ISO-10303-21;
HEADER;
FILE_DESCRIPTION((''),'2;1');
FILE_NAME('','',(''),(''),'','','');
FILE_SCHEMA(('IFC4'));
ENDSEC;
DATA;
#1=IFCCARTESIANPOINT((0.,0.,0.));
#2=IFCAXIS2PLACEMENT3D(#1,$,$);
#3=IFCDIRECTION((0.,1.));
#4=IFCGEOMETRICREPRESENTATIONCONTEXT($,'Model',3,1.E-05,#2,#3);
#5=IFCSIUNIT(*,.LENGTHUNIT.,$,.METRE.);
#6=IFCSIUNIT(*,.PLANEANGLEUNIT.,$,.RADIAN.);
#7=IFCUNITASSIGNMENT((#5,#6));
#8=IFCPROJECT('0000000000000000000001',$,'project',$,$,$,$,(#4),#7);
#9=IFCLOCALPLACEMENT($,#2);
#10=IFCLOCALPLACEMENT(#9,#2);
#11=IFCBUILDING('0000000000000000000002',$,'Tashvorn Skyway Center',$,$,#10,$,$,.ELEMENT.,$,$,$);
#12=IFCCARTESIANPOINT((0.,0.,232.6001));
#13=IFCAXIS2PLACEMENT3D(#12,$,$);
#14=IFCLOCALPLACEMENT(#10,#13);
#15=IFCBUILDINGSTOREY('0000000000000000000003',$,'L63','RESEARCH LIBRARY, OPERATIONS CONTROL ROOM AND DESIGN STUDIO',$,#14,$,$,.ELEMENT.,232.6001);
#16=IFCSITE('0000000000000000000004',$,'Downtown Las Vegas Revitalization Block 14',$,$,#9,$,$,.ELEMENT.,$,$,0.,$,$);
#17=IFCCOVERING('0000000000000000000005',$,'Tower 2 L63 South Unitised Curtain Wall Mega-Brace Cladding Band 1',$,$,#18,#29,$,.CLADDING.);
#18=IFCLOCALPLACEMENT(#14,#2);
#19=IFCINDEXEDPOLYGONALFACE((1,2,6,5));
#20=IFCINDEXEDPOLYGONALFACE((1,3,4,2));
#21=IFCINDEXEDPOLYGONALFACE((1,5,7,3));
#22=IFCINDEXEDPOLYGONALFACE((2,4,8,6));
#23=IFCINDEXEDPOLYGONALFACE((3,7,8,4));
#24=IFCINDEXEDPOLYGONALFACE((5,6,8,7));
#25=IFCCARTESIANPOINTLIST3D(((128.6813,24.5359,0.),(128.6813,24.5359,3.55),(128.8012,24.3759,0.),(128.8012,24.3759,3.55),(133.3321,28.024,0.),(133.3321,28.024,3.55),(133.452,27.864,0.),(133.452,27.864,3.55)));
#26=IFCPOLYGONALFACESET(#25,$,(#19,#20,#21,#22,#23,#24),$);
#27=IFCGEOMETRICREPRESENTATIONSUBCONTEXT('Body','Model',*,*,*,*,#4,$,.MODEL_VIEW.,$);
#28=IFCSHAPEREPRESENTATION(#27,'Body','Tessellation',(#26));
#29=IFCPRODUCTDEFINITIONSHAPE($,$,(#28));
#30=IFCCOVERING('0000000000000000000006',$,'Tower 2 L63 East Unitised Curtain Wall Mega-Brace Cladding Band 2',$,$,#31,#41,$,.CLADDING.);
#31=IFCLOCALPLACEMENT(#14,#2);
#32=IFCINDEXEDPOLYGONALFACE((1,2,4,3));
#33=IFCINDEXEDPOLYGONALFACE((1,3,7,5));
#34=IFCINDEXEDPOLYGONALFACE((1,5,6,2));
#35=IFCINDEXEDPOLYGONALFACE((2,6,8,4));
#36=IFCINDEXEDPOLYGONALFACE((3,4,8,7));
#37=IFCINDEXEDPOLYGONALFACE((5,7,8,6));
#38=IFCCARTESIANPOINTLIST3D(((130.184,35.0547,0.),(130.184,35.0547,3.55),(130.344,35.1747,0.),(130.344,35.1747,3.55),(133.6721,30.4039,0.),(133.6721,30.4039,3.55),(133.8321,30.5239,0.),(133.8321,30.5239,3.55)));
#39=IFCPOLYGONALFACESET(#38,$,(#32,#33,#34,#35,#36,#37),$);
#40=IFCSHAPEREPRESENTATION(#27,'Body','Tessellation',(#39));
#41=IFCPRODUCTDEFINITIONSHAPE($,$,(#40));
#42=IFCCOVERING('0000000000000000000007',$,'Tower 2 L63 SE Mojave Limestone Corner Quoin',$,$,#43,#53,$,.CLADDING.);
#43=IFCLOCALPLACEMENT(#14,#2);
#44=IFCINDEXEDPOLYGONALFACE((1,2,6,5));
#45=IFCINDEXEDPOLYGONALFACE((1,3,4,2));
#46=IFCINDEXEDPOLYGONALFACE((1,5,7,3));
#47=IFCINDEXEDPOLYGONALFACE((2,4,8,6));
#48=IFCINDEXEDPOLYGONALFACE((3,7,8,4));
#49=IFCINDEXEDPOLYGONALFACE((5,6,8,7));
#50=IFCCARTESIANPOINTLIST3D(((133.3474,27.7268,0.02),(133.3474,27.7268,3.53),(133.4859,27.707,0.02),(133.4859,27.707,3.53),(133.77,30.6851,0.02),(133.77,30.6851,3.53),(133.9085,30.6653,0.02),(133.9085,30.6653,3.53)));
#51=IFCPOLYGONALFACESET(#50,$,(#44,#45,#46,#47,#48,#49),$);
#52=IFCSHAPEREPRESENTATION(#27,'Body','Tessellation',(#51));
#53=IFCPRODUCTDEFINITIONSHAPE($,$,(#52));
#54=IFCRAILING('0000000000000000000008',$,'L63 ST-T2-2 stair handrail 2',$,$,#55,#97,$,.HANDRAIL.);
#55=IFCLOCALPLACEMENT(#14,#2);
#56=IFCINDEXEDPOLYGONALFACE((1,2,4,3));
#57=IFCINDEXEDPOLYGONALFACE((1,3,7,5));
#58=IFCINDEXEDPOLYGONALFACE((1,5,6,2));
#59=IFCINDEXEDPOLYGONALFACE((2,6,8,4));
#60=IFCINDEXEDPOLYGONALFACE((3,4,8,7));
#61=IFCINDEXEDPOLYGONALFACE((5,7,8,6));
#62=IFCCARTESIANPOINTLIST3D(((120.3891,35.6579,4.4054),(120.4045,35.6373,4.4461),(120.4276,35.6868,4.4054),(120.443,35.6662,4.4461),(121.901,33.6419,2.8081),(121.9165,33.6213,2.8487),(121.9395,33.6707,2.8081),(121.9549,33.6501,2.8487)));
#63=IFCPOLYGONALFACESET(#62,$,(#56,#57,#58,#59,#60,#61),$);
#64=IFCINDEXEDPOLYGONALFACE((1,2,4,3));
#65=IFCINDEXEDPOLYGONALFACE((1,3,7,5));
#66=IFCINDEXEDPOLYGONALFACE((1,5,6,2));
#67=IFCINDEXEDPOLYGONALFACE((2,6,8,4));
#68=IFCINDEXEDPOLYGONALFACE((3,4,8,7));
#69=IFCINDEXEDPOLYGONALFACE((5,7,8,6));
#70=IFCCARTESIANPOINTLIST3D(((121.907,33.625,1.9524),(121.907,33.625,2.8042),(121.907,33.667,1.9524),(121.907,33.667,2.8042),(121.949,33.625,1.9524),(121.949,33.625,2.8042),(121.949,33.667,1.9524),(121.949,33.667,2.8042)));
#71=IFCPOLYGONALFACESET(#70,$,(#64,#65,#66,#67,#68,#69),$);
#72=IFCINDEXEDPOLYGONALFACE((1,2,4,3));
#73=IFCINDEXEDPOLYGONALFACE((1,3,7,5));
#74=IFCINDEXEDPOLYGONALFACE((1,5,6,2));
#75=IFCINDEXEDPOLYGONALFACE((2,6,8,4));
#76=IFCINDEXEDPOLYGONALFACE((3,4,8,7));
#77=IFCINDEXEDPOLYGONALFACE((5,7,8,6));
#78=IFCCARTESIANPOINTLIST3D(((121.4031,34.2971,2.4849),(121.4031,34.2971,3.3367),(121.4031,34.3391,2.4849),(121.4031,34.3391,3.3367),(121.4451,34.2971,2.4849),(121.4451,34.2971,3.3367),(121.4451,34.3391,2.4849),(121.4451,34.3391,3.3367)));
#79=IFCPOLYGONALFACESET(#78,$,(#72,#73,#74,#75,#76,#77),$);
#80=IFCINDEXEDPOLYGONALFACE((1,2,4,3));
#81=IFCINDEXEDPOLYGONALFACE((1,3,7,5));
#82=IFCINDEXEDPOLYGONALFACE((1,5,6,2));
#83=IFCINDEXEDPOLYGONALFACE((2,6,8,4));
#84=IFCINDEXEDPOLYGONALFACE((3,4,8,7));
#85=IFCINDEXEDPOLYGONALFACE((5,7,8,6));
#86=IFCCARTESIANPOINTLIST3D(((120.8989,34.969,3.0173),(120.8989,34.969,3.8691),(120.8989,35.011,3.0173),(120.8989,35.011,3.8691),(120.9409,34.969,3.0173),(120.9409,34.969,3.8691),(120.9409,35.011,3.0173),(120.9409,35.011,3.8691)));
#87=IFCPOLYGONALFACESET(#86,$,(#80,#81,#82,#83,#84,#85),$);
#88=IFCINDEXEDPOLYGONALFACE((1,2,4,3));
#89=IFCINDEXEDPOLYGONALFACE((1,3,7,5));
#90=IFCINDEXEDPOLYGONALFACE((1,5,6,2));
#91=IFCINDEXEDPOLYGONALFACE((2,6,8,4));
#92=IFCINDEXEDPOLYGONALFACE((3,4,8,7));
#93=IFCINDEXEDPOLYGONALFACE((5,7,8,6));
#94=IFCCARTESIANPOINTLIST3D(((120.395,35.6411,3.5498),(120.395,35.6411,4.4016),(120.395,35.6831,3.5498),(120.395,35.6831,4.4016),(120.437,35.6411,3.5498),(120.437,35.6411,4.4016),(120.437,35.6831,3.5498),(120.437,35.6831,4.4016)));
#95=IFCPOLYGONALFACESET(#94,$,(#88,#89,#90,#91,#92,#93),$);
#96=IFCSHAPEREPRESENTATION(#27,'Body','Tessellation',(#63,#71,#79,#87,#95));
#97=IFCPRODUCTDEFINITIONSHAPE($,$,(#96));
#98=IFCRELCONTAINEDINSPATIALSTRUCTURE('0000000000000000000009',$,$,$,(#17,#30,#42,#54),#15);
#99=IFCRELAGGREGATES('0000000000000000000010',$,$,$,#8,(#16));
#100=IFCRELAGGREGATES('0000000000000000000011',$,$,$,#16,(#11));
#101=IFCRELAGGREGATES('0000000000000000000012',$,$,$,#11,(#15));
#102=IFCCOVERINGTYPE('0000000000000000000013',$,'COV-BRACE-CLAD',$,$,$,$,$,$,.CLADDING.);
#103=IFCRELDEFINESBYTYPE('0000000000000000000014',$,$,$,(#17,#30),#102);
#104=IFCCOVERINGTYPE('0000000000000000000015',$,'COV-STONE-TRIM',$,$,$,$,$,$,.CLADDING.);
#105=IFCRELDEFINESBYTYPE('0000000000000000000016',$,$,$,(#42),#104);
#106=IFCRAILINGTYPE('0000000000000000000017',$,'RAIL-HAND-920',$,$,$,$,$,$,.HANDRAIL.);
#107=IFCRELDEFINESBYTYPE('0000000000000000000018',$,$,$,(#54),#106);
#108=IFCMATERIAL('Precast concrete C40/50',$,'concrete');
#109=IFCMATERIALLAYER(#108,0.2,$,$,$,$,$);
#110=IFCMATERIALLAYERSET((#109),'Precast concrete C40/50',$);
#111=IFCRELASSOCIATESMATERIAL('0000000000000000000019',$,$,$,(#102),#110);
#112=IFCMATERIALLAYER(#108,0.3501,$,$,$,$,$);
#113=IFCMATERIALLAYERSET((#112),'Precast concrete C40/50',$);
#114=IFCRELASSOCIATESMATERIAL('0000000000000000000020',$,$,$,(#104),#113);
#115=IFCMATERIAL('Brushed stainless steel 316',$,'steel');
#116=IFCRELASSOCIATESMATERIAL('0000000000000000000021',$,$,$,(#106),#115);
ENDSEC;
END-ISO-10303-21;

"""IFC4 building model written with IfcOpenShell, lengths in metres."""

from ifc_helpers import new_model, si_unit, direction, frame, origin, origin_2d, place, context, subcontext, project, spatial, rectangle, extrude, material, layer, layer_set, type_object, element, save


model = new_model("IFC4")

# Units and contexts
model_context = context("Model", 3, precision=1e-05, world=origin(), true_north=direction((0.0, 1.0)))
body_context = subcontext(model_context, "Body", "Model", "MODEL_VIEW")
ifc_project = project(units=[si_unit("LENGTHUNIT", "METRE"), si_unit("PLANEANGLEUNIT", "RADIAN")], contexts=[model_context])

# Site, building, storey
site_placement = place(None, origin())
site = spatial("IfcSite", under=ifc_project, at=site_placement, Name="Downtown Las Vegas Revitalization Block 14", CompositionType="ELEMENT", RefElevation=0.0)
building_placement = place(site_placement, origin())
building = spatial("IfcBuilding", under=site, at=building_placement, Name="Tashvorn Skyway Center", CompositionType="ELEMENT")
storey_placement = place(building_placement, frame((0.0, 0.0, 232.6001)))
storey = spatial("IfcBuildingStorey", under=building, at=storey_placement, Name="L63", Description="RESEARCH LIBRARY, OPERATIONS CONTROL ROOM AND DESIGN STUDIO", CompositionType="ELEMENT", Elevation=232.6001)

# Shared definitions
ifc_material_1 = material(Name="Precast concrete C40/50", Category="concrete")

# Coverings
ifc_layer_1 = layer(ifc_material_1, 0.2)
ifc_layer_set_1 = layer_set([ifc_layer_1], Name="Precast concrete C40/50")
covering_type_1 = type_object("IfcCoveringType", Name="COV-BRACE-CLAD", PredefinedType="CLADDING", material=ifc_layer_set_1)
for number, where, z_axis, x_axis, name in (
    (1, (131.0667, 26.2, 0.0), (0.0, 0.0, 1.0), (-0.8, -0.6, 0.0), "Tower 2 L63 South Unitised Curtain Wall Mega-Brace Cladding Band 1"),
    (2, (132.0081, 32.7893, 0.0), (0.0, 0.0, 1.0), (0.6, -0.8, 0.0), "Tower 2 L63 East Unitised Curtain Wall Mega-Brace Cladding Band 2"),
):
    element("IfcCovering", number, at=place(storey_placement, frame(where, z_axis=z_axis, x_axis=x_axis)), inside=storey, type_object=covering_type_1, Name=name, PredefinedType="CLADDING", context=body_context, shape_type="SweptSolid", body=[
        extrude(rectangle(XDim=5.8135, YDim=0.2, at=origin_2d()), origin(), (0.0, 0.0, 1.0), 3.55),
    ])
ifc_layer_2 = layer(ifc_material_1, 0.3501)
ifc_layer_set_2 = layer_set([ifc_layer_2], Name="Precast concrete C40/50")
covering_type_2 = type_object("IfcCoveringType", Name="COV-STONE-TRIM", PredefinedType="CLADDING", material=ifc_layer_set_2)
covering_placement = place(storey_placement, frame((133.6279, 29.196, 0.02), z_axis=(0.0, 0.0, 1.0), x_axis=(0.141421, 0.989949, 0.0)))
element("IfcCovering", 3, at=covering_placement, inside=storey, type_object=covering_type_2, Name="Tower 2 L63 SE Mojave Limestone Corner Quoin", PredefinedType="CLADDING", context=body_context, shape_type="SweptSolid", body=[
    extrude(rectangle(XDim=2.9883, YDim=0.1399, at=origin_2d()), origin(), (0.0, 0.0, 1.0), 3.51),
])

# Railing
ifc_material_2 = material(Name="Brushed stainless steel 316", Category="steel")
railing_type = type_object("IfcRailingType", Name="RAIL-HAND-920", PredefinedType="HANDRAIL", material=ifc_material_2)
railing_placement = place(storey_placement, frame((121.928, 33.646, 1.9524)))
element("IfcRailing", 4, at=railing_placement, inside=storey, type_object=railing_type, Name="L63 ST-T2-2 stair handrail 2", PredefinedType="HANDRAIL", context=body_context, shape_type="SweptSolid", body=[
    extrude(rectangle(XDim=0.0481, YDim=0.0481, at=origin_2d()), frame((0.0, 0.0, 0.876), z_axis=(-0.506741, 0.675709, 0.535379), x_axis=(-0.800023, -0.599969, 0.0)), (0.0, 0.0, 1.0), 2.9836),
    extrude(rectangle(XDim=0.042, YDim=0.042, at=origin_2d()), origin(), (0.0, 0.0, 1.0), 0.8518),
    extrude(rectangle(XDim=0.042, YDim=0.042, at=origin_2d()), frame((-0.5039, 0.6721, 0.5325)), (0.0, 0.0, 1.0), 0.8518),
    extrude(rectangle(XDim=0.042, YDim=0.042, at=origin_2d()), frame((-1.0081, 1.344, 1.0649)), (0.0, 0.0, 1.0), 0.8518),
    extrude(rectangle(XDim=0.042, YDim=0.042, at=origin_2d()), frame((-1.512, 2.0161, 1.5974)), (0.0, 0.0, 1.0), 0.8518),
])

save(model, "model.ifc")
